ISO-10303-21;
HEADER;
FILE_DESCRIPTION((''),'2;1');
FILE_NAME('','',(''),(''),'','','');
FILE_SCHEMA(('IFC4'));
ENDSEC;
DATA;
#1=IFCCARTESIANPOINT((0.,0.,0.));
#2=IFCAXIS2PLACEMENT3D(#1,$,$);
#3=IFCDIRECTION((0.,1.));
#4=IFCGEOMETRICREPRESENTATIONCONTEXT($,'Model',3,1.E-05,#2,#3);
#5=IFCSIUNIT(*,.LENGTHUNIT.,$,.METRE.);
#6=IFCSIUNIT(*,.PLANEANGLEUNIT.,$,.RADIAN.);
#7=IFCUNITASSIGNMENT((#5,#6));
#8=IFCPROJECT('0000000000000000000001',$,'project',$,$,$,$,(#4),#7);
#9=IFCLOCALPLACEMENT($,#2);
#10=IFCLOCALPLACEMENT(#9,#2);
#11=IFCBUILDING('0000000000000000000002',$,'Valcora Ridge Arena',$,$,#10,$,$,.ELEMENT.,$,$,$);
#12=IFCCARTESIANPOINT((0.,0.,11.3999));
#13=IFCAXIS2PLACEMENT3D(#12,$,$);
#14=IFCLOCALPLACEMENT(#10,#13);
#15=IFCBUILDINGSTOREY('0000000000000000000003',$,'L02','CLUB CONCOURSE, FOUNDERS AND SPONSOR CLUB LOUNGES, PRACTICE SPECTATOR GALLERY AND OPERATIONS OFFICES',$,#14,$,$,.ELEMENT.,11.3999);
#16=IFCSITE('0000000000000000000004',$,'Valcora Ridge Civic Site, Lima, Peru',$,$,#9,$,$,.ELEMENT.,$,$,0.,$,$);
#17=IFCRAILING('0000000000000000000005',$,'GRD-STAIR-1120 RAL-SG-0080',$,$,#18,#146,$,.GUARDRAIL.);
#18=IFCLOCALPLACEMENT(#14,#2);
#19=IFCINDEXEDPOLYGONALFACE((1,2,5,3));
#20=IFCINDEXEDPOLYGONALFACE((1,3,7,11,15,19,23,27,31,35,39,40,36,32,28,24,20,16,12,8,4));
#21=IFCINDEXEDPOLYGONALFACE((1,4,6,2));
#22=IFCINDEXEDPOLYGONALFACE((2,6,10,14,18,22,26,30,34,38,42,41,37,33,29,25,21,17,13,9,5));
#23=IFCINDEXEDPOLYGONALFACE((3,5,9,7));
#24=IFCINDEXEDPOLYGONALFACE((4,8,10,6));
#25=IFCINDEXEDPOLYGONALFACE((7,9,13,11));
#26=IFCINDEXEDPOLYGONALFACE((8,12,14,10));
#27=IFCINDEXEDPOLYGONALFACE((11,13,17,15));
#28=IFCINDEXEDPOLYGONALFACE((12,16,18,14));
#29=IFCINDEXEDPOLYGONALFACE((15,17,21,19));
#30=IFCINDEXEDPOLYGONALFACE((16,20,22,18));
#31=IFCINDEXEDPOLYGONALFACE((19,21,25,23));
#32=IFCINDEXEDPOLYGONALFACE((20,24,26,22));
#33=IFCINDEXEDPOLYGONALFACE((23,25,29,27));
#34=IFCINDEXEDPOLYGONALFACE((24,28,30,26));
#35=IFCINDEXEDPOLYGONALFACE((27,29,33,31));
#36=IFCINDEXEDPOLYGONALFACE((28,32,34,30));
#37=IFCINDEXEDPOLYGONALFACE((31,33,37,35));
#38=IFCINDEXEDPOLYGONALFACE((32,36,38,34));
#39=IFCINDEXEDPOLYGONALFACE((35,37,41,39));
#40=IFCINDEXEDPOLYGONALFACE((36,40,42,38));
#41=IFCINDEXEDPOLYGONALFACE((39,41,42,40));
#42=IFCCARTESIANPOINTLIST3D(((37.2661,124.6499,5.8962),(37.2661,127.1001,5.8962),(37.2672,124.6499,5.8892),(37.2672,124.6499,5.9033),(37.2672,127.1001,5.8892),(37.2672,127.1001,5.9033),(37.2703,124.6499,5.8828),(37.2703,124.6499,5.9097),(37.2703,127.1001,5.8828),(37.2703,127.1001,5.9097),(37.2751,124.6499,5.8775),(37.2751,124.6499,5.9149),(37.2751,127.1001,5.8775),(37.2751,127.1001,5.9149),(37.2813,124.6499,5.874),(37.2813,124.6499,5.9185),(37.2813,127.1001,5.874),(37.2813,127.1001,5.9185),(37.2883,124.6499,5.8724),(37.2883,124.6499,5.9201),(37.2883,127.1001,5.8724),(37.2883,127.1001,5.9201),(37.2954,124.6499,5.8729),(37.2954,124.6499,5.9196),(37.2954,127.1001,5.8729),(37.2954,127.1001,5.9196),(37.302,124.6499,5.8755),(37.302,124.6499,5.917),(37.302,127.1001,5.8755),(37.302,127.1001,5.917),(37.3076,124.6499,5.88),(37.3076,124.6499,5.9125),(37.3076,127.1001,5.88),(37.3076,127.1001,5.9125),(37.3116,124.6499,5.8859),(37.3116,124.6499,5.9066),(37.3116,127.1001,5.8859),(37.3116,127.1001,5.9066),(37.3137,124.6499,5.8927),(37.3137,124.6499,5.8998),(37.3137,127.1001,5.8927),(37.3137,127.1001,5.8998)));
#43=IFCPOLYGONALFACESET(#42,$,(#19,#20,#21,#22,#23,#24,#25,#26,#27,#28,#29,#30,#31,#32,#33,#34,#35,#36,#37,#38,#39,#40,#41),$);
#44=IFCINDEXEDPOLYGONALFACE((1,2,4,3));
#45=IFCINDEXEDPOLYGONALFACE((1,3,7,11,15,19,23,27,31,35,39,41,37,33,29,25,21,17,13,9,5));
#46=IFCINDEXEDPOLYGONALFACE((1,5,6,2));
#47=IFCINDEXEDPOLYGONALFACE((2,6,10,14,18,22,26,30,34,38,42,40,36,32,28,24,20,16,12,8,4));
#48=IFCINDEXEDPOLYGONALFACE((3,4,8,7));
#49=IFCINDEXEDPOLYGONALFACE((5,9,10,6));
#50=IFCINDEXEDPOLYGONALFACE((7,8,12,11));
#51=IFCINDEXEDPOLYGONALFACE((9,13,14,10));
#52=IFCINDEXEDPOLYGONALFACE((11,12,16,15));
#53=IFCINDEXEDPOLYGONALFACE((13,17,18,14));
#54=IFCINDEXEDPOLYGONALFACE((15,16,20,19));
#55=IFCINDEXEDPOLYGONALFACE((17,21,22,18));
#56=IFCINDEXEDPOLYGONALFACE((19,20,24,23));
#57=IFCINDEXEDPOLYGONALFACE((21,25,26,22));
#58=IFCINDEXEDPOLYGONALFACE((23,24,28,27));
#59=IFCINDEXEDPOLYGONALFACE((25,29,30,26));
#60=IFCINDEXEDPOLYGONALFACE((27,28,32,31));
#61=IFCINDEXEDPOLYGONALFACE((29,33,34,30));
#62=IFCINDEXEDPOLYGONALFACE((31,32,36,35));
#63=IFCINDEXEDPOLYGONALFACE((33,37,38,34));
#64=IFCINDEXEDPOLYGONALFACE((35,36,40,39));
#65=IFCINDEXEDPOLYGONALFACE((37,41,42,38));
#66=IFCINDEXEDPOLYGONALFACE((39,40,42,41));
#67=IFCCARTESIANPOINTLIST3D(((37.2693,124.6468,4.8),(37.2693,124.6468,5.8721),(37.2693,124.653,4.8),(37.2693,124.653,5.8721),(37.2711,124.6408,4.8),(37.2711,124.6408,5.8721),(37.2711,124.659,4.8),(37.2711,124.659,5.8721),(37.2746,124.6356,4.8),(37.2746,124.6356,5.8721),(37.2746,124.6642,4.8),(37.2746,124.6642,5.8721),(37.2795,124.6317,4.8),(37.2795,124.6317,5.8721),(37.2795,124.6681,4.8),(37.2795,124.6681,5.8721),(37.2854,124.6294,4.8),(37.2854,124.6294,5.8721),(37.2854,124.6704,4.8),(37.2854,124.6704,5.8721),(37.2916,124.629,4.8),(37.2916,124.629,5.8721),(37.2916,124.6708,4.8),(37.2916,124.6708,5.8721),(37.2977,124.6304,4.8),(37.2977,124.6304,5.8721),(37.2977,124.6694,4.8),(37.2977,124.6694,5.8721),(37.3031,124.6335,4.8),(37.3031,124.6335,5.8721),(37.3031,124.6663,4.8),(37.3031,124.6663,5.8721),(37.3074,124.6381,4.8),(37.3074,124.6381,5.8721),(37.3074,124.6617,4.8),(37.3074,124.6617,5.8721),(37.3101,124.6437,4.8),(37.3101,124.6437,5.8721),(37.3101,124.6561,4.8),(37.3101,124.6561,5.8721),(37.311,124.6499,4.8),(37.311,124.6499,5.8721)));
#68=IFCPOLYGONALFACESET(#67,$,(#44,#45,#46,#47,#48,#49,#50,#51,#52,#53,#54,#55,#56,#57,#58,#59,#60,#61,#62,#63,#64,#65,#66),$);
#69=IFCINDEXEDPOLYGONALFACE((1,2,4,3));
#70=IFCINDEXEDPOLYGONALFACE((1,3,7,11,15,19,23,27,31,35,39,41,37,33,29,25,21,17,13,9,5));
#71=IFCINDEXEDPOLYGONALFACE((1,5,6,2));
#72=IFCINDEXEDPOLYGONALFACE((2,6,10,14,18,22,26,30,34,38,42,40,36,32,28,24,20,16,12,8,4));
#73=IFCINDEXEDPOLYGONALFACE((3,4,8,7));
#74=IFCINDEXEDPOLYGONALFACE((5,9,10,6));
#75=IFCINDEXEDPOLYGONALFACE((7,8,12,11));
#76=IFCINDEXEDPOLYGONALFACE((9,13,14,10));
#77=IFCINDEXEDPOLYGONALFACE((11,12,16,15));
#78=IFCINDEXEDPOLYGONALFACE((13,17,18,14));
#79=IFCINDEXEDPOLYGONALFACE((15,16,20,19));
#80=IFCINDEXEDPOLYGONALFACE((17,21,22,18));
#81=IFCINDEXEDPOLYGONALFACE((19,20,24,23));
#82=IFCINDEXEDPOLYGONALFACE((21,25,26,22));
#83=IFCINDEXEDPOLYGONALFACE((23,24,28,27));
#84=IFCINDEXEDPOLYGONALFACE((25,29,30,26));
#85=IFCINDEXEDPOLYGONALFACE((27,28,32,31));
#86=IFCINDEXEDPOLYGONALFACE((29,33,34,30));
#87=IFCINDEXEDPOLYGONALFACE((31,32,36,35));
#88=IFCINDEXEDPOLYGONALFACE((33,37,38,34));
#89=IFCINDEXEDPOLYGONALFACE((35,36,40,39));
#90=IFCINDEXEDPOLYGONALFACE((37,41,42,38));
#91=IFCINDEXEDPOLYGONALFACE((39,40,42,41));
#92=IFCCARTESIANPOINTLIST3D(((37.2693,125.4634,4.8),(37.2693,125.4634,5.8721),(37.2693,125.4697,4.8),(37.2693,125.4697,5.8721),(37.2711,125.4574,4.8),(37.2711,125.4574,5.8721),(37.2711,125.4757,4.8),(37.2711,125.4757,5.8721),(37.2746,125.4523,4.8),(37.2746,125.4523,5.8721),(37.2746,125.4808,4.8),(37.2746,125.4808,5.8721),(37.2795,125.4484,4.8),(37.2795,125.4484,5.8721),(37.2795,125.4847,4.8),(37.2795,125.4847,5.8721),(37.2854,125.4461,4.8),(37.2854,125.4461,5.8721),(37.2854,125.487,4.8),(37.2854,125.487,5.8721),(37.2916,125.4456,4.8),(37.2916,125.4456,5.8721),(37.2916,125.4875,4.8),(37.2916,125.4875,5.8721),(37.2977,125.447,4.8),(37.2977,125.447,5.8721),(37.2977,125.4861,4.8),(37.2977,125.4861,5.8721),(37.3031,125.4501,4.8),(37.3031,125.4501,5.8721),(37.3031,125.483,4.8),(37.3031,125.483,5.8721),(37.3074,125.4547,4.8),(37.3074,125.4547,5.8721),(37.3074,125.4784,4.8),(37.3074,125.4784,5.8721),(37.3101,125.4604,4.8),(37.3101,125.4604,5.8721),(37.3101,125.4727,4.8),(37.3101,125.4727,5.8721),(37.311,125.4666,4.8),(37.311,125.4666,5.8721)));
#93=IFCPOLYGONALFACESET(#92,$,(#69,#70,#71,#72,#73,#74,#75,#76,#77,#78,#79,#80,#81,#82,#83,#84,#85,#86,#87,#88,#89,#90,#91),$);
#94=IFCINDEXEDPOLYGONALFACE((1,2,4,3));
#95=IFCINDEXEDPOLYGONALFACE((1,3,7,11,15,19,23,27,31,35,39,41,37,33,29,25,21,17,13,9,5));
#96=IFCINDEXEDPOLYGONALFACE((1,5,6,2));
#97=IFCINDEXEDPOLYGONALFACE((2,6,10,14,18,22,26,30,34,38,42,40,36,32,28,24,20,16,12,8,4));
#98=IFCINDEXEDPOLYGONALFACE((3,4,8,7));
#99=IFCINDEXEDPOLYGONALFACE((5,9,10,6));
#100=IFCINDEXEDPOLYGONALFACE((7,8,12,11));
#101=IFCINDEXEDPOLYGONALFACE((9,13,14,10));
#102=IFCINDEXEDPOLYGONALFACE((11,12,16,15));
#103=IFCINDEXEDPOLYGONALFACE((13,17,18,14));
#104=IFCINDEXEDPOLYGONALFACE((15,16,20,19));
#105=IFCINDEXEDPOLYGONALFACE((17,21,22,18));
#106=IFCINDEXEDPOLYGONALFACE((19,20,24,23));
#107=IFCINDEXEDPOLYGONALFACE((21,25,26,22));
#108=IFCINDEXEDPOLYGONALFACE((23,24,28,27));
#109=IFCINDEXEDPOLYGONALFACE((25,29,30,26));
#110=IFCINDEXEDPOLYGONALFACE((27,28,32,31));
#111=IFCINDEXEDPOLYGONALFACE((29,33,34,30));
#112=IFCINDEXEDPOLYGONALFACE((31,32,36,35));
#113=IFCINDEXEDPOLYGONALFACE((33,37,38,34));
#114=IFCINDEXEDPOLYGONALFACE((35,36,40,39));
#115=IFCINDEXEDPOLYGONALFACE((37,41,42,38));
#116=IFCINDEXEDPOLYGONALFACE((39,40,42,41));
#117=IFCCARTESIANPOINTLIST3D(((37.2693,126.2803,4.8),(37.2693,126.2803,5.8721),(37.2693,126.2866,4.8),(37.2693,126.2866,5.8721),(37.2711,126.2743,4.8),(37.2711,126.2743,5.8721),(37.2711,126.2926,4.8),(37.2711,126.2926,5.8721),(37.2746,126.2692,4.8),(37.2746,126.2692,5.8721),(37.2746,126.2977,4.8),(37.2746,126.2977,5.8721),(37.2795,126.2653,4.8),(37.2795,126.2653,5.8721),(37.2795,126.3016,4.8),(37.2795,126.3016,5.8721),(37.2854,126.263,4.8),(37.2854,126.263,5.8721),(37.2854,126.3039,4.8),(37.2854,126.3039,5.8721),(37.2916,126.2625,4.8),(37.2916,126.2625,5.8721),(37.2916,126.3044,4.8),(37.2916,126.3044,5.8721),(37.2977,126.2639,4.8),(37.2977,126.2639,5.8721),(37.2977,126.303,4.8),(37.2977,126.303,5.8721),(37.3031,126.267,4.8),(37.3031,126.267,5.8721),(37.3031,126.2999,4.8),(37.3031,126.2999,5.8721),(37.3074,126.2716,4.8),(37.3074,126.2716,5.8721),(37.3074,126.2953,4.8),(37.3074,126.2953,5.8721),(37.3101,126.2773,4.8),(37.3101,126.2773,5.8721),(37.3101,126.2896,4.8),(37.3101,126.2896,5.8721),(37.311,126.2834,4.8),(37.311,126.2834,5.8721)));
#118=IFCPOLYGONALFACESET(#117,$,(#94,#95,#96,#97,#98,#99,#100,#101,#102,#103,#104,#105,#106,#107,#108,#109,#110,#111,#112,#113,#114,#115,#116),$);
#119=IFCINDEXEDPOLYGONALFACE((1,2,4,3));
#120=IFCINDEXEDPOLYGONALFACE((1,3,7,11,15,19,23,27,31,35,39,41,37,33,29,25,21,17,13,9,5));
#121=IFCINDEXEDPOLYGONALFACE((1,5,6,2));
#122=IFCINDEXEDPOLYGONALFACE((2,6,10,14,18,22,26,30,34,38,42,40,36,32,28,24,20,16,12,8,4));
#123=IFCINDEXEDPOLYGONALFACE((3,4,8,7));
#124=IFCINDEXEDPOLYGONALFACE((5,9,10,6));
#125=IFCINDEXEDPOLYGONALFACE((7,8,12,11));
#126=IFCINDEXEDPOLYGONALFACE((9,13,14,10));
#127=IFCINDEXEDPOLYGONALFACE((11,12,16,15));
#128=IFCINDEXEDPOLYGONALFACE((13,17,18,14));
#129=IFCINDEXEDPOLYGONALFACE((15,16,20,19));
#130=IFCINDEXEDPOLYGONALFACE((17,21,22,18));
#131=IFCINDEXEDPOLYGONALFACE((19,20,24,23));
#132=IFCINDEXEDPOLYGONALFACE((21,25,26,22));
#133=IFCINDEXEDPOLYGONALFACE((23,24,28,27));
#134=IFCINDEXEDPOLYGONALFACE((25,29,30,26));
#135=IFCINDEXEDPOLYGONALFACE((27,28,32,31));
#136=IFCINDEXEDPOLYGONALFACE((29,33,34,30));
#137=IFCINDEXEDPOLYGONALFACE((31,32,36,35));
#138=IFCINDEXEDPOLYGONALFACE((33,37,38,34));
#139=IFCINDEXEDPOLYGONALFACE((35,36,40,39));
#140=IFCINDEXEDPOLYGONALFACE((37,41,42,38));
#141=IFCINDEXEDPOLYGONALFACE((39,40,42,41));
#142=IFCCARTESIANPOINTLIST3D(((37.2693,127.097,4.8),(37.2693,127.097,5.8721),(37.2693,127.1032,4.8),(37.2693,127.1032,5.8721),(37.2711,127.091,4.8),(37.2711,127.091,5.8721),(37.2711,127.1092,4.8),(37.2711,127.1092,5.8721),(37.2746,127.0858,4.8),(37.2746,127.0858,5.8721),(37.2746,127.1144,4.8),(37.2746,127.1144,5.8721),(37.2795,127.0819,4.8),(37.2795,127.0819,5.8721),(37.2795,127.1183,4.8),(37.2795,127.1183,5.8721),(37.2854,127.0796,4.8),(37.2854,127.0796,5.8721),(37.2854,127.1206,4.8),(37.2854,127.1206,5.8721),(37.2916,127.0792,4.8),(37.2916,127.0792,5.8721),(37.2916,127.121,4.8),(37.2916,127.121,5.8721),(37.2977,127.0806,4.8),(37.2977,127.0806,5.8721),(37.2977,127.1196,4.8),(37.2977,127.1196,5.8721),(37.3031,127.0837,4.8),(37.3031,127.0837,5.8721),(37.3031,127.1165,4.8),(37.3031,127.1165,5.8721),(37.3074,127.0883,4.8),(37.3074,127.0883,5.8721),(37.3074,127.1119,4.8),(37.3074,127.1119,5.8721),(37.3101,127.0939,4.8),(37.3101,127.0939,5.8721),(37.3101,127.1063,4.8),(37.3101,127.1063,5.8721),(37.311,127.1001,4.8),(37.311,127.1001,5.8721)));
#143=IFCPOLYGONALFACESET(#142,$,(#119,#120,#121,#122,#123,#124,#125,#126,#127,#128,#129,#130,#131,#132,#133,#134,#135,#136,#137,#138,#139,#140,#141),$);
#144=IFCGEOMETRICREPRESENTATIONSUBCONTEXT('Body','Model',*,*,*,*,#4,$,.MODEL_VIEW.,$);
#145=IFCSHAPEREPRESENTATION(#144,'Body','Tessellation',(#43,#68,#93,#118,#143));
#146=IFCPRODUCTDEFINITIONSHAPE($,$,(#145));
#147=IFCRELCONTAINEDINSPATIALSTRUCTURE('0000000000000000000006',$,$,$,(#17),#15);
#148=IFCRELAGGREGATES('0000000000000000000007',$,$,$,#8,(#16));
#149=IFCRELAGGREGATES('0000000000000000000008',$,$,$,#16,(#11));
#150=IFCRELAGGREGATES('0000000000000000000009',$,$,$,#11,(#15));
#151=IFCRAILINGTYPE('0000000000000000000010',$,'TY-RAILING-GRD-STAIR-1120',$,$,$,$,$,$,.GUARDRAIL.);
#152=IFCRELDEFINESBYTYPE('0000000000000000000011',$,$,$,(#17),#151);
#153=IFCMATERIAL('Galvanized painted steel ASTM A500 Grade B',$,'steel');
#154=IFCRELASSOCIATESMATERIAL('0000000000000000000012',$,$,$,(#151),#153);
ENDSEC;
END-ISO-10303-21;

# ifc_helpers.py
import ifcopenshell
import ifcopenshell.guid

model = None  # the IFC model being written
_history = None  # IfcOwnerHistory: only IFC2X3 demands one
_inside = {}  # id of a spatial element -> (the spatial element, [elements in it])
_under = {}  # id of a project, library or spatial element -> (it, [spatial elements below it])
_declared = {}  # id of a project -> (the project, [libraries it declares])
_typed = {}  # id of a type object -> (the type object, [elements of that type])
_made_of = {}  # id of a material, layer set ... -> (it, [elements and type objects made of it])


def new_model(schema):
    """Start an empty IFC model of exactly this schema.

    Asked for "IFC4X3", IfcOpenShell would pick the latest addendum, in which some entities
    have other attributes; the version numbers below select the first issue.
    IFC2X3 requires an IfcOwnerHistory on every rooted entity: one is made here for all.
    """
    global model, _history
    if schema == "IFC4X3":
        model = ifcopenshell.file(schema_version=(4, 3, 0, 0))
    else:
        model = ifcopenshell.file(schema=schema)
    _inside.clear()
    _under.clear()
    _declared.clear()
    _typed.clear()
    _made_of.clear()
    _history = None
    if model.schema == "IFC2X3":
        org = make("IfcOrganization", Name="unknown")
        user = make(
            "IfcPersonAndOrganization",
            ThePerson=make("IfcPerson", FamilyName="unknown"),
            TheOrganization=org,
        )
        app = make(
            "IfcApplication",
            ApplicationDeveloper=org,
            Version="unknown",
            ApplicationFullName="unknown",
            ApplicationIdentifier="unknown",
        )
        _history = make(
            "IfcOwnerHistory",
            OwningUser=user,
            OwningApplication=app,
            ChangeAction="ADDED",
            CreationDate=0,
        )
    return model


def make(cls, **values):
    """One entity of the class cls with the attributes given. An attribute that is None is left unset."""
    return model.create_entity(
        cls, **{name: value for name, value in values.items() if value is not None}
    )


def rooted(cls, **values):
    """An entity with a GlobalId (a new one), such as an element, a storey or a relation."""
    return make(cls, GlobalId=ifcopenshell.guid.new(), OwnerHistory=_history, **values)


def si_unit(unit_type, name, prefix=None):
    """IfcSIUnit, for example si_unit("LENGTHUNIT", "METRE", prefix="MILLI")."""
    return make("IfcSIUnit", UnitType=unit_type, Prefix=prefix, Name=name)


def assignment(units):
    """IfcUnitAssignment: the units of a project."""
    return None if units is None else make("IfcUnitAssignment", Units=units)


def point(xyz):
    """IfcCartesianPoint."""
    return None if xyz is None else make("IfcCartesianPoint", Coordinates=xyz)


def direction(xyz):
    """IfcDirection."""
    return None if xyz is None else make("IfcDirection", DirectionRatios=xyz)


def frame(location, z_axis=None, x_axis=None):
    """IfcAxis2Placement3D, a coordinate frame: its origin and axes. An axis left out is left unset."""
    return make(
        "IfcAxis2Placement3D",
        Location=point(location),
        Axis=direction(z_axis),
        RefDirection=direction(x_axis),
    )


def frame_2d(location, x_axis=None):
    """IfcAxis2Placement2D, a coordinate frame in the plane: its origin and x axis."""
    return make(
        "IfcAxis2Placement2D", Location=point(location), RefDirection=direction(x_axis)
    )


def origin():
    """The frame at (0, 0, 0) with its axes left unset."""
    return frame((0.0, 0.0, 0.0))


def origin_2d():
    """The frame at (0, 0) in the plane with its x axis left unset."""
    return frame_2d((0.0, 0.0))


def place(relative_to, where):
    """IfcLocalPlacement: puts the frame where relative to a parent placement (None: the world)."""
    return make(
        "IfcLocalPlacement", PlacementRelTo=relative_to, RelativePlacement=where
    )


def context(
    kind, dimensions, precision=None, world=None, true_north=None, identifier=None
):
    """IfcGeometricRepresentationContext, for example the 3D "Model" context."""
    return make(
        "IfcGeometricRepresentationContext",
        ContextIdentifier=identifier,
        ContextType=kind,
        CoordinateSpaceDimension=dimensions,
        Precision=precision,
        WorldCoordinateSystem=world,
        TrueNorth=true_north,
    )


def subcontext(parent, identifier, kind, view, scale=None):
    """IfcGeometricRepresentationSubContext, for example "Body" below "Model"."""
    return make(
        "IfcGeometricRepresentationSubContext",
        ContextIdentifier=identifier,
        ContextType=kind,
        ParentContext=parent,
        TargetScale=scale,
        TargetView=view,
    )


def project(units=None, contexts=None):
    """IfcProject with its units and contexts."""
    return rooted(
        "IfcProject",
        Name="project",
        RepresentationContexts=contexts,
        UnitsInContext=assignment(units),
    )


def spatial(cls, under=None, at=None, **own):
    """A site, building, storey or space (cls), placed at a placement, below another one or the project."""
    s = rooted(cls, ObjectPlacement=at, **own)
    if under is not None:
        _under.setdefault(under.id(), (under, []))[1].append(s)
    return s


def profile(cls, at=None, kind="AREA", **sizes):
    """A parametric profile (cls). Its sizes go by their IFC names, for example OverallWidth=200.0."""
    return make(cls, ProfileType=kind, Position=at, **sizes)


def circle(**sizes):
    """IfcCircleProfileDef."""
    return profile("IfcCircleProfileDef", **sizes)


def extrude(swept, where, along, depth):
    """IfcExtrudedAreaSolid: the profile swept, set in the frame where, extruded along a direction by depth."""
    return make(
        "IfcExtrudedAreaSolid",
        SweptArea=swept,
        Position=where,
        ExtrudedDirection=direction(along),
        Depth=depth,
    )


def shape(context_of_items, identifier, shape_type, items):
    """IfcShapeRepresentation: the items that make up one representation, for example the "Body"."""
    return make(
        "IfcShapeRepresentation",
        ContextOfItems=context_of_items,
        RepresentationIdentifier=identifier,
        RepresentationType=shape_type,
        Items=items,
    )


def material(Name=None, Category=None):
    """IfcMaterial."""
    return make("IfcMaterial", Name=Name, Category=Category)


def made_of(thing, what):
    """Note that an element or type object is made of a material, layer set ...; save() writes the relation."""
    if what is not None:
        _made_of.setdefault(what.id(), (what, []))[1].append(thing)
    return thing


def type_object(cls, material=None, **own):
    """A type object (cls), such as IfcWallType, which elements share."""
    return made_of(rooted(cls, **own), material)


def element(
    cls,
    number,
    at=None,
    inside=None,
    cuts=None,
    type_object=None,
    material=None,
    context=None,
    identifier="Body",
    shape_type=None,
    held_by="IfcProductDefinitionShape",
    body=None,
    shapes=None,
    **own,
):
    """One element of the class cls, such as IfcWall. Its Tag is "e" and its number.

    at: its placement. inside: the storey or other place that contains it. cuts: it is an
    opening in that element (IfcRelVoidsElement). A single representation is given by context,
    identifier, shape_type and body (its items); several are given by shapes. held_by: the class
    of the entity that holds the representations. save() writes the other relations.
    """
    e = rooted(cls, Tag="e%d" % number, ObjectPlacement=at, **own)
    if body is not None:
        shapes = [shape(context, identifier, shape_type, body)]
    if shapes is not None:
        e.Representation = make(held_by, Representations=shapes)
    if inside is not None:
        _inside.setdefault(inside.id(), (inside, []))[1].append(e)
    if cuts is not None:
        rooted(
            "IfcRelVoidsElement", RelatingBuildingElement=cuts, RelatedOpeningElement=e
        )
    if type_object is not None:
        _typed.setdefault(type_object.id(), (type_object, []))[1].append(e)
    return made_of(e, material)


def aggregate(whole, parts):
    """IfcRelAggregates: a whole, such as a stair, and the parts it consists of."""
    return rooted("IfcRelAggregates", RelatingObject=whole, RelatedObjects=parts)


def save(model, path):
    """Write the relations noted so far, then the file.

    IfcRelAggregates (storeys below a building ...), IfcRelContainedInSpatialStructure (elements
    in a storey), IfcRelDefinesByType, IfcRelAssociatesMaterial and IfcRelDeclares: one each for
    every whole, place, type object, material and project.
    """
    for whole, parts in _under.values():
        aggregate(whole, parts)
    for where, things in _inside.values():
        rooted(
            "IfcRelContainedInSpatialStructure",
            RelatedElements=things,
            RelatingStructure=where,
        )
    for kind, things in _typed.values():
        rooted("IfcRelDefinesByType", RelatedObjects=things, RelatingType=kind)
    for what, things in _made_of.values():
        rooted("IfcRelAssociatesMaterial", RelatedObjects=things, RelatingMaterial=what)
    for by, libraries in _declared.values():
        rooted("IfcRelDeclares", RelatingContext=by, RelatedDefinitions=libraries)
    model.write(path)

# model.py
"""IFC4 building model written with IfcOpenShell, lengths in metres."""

from ifc_helpers import new_model, si_unit, direction, frame, origin, origin_2d, place, context, subcontext, project, spatial, circle, extrude, material, type_object, element, save


model = new_model("IFC4")

# Units and contexts
model_context = context("Model", 3, precision=1e-05, world=origin(), true_north=direction((0.0, 1.0)))
body_context = subcontext(model_context, "Body", "Model", "MODEL_VIEW")
ifc_project = project(units=[si_unit("LENGTHUNIT", "METRE"), si_unit("PLANEANGLEUNIT", "RADIAN")], contexts=[model_context])

# Site, building, storey
site_placement = place(None, origin())
site = spatial("IfcSite", under=ifc_project, at=site_placement, Name="Valcora Ridge Civic Site, Lima, Peru", CompositionType="ELEMENT", RefElevation=0.0)
building_placement = place(site_placement, origin())
building = spatial("IfcBuilding", under=site, at=building_placement, Name="Valcora Ridge Arena", CompositionType="ELEMENT")
storey_placement = place(building_placement, frame((0.0, 0.0, 11.3999)))
storey = spatial("IfcBuildingStorey", under=building, at=storey_placement, Name="L02", Description="CLUB CONCOURSE, FOUNDERS AND SPONSOR CLUB LOUNGES, PRACTICE SPECTATOR GALLERY AND OPERATIONS OFFICES", CompositionType="ELEMENT", Elevation=11.3999)

# Railing
ifc_material_1 = material(Name="Galvanized painted steel ASTM A500 Grade B", Category="steel")
railing_type_1 = type_object("IfcRailingType", Name="TY-RAILING-GRD-STAIR-1120", PredefinedType="GUARDRAIL", material=ifc_material_1)
railing_1_placement = place(storey_placement, frame((37.29, 124.6499, 4.8)))
element("IfcRailing", 1, at=railing_1_placement, inside=storey, type_object=railing_type_1, Name="GRD-STAIR-1120 RAL-SG-0080", PredefinedType="GUARDRAIL", context=body_context, shape_type="SweptSolid", body=[
    extrude(circle(Radius=0.0239, at=origin_2d()), frame((0.0, 0.0, 1.0962), z_axis=(0.0, 1.0, 0.0), x_axis=(-1.0, 0.0, 0.0)), (0.0, 0.0, 1.0), 2.4502),
    extrude(circle(Radius=0.021, at=origin_2d()), origin(), (0.0, 0.0, 1.0), 1.072),
    extrude(circle(Radius=0.021, at=origin_2d()), frame((0.0, 0.8167, 0.0)), (0.0, 0.0, 1.0), 1.072),
    extrude(circle(Radius=0.021, at=origin_2d()), frame((0.0, 1.6335, 0.0)), (0.0, 0.0, 1.0), 1.072),
    extrude(circle(Radius=0.021, at=origin_2d()), frame((0.0, 2.4502, 0.0)), (0.0, 0.0, 1.0), 1.072),
])

save(model, "model.ifc")
